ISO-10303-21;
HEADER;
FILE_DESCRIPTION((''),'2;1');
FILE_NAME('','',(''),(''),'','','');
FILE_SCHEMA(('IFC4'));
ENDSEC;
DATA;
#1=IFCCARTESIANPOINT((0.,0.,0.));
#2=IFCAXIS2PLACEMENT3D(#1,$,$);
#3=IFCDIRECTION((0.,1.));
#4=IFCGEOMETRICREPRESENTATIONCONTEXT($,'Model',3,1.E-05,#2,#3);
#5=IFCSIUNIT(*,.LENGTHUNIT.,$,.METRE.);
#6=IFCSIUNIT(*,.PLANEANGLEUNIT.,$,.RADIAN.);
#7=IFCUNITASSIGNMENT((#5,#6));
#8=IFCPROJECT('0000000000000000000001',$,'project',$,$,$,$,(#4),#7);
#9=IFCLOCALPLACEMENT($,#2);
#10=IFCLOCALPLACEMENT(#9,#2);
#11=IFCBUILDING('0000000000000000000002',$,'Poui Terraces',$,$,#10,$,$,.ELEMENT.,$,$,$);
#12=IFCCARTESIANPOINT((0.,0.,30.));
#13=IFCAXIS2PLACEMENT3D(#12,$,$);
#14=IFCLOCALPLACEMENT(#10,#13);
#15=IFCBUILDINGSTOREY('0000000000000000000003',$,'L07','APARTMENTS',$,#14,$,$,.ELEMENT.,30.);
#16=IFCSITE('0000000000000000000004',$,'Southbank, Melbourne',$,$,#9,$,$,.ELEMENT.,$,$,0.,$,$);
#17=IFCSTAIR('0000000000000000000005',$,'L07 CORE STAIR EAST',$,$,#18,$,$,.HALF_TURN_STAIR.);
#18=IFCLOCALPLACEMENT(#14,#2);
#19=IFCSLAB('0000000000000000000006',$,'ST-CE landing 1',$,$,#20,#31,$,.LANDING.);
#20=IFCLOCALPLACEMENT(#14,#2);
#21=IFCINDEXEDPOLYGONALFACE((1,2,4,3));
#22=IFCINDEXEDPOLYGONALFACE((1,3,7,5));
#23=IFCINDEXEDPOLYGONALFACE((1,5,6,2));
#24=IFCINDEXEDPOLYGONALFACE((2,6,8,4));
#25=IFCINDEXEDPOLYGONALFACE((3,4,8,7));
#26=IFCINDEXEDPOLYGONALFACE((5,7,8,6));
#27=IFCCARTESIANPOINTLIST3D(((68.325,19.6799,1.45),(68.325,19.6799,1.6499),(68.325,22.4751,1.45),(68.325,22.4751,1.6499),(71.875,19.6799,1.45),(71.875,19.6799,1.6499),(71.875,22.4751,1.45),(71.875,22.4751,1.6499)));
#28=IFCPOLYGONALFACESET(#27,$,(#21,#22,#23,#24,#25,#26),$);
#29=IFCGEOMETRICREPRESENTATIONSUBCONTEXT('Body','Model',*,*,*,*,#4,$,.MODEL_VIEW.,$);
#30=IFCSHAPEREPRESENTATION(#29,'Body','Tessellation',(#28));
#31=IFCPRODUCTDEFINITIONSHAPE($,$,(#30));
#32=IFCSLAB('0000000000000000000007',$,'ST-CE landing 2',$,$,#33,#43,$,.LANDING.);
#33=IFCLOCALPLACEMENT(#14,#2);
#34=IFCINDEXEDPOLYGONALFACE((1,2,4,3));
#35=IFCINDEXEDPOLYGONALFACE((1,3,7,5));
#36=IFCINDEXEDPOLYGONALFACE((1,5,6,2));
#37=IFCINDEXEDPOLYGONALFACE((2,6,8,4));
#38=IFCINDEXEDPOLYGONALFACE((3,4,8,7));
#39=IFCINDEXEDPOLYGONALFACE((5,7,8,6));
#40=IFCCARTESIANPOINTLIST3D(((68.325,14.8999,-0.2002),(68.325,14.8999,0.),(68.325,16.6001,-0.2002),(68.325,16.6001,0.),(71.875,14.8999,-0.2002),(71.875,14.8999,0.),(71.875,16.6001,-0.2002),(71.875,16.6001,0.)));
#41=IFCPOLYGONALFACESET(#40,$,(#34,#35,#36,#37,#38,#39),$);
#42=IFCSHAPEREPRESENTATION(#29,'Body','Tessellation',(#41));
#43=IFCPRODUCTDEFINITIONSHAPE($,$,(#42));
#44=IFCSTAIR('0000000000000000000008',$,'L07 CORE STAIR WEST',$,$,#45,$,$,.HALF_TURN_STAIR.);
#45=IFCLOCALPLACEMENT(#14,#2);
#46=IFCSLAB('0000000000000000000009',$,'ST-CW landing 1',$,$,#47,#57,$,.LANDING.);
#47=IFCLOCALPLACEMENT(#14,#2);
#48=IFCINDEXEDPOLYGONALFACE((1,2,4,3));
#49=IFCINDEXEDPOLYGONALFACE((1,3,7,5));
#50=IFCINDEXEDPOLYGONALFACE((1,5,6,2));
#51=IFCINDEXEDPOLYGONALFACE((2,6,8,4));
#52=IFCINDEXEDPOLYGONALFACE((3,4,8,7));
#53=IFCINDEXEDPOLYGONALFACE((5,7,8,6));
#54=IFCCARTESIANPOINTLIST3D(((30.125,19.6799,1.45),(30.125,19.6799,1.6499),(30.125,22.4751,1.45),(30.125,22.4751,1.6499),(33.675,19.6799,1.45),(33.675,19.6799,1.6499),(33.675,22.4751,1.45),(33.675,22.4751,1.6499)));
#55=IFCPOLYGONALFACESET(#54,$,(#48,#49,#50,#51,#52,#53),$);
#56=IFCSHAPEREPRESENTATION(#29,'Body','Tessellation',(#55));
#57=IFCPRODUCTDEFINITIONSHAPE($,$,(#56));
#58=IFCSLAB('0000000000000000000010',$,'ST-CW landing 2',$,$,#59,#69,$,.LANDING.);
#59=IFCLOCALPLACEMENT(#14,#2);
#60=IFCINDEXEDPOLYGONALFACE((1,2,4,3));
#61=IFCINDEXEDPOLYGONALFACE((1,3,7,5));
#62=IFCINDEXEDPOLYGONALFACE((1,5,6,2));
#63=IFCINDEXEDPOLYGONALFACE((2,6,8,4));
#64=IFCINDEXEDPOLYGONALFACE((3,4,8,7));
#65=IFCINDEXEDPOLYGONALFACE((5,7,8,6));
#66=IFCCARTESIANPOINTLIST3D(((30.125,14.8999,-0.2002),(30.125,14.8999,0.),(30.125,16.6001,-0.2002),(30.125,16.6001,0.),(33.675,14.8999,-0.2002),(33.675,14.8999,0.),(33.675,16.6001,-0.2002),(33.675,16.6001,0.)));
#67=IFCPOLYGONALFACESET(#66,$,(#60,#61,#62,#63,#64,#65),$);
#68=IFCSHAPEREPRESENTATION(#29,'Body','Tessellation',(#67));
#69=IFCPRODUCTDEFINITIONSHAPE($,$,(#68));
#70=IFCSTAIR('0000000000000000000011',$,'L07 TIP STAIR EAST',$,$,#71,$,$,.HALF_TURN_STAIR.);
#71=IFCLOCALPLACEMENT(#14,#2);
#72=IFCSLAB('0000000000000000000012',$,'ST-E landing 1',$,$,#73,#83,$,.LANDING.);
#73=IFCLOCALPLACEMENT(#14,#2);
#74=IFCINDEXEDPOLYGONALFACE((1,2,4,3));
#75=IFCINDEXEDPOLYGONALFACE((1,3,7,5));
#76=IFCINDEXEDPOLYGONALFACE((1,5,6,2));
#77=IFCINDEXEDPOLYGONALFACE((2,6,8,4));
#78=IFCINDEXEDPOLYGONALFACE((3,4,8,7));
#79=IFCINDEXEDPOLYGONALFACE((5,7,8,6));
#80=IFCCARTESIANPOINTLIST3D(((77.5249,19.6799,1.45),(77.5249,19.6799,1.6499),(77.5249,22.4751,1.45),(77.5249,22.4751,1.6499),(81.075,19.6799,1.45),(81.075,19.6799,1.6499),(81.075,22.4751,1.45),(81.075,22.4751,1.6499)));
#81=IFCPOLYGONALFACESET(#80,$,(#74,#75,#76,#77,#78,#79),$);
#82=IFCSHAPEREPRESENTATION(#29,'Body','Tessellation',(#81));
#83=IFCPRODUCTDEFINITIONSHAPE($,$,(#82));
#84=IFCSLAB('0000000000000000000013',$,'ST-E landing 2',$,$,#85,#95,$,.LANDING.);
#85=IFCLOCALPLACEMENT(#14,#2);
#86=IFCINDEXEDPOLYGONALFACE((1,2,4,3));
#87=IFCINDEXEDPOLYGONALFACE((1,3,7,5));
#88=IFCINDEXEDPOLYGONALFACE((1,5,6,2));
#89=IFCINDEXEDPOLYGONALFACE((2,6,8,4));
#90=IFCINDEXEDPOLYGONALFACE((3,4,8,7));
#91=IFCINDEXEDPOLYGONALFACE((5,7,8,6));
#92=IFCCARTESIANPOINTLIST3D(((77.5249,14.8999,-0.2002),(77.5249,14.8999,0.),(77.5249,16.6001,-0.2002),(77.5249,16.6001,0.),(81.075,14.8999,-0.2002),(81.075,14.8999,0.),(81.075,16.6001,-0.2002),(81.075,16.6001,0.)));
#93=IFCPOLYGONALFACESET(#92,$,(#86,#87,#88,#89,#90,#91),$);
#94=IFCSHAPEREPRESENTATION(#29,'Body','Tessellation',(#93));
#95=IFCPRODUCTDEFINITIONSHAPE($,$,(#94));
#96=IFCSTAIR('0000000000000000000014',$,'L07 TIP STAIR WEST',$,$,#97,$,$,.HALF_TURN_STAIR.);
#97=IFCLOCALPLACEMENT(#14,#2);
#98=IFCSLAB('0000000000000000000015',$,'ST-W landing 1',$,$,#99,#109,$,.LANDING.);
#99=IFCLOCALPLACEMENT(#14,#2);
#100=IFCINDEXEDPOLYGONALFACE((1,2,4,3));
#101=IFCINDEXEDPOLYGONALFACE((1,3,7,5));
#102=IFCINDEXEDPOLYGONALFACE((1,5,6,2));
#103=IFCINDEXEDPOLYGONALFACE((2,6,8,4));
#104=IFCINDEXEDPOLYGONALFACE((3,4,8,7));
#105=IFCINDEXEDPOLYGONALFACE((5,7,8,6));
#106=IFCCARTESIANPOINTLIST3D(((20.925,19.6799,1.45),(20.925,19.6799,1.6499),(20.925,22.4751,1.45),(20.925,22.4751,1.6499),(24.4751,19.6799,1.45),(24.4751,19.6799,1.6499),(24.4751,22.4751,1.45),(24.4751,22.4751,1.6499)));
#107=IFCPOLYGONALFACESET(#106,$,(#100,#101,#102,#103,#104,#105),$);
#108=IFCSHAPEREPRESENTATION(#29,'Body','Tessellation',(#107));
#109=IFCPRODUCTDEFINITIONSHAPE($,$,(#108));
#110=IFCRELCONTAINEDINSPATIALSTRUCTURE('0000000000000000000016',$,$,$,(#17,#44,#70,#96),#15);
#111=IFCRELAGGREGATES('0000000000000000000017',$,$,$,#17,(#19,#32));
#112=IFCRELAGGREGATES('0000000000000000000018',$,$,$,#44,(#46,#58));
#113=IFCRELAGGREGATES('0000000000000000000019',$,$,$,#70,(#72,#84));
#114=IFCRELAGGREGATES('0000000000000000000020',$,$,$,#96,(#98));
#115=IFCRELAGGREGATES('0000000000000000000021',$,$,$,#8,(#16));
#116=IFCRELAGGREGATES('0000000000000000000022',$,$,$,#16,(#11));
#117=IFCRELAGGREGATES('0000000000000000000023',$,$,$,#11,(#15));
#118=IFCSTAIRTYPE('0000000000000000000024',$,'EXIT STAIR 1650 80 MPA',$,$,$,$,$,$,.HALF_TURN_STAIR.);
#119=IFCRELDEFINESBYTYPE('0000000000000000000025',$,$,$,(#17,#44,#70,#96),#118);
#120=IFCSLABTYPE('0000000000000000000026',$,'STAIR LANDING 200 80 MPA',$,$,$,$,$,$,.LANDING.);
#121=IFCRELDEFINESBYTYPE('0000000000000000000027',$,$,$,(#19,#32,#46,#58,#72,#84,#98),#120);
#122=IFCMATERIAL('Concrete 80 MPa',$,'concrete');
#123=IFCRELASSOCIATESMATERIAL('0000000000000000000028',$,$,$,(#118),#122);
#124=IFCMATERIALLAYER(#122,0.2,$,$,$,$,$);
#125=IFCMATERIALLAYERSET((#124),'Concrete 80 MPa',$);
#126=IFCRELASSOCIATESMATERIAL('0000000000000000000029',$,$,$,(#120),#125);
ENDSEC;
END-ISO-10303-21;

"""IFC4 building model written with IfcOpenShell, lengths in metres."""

from ifc_helpers import new_model, si_unit, direction, frame, origin, place, context, subcontext, project, spatial, polyline, outline, extrude, material, layer, layer_set, type_object, element, aggregate, save


model = new_model("IFC4")

# Units and contexts
model_context = context("Model", 3, precision=1e-05, world=origin(), true_north=direction((0.0, 1.0)))
body_context = subcontext(model_context, "Body", "Model", "MODEL_VIEW")
ifc_project = project(units=[si_unit("LENGTHUNIT", "METRE"), si_unit("PLANEANGLEUNIT", "RADIAN")], contexts=[model_context])

# Site, building, storey
site_placement = place(None, origin())
site = spatial("IfcSite", under=ifc_project, at=site_placement, Name="Southbank, Melbourne", CompositionType="ELEMENT", RefElevation=0.0)
building_placement = place(site_placement, origin())
building = spatial("IfcBuilding", under=site, at=building_placement, Name="Poui Terraces", CompositionType="ELEMENT")
storey_placement = place(building_placement, frame((0.0, 0.0, 30.0)))
storey = spatial("IfcBuildingStorey", under=building, at=storey_placement, Name="L07", Description="APARTMENTS", CompositionType="ELEMENT", Elevation=30.0)

# Stairs, slabs
ifc_material = material(Name="Concrete 80 MPa", Category="concrete")
stair_type = type_object("IfcStairType", Name="EXIT STAIR 1650 80 MPA", PredefinedType="HALF_TURN_STAIR", material=ifc_material)
stair_1_placement = place(storey_placement, origin())
stair_1 = element("IfcStair", 1, at=stair_1_placement, inside=storey, type_object=stair_type, Name="L07 CORE STAIR EAST", PredefinedType="HALF_TURN_STAIR")
ifc_layer = layer(ifc_material, 0.2)
ifc_layer_set = layer_set([ifc_layer], Name="Concrete 80 MPa")
slab_type = type_object("IfcSlabType", Name="STAIR LANDING 200 80 MPA", PredefinedType="LANDING", material=ifc_layer_set)
slab_1_placement = place(storey_placement, frame((0.0, 0.0, 1.45)))
slab_1 = element("IfcSlab", 2, at=slab_1_placement, type_object=slab_type, Name="ST-CE landing 1", PredefinedType="LANDING", context=body_context, shape_type="SweptSolid", body=[
    extrude(outline(polyline([(68.325, 19.6799), (71.875, 19.6799), (71.875, 22.4751), (68.325, 22.4751), (68.325, 19.6799)])), origin(), (0.0, 0.0, 1.0), 0.2),
])
slab_2_placement = place(storey_placement, frame((0.0, 0.0, -0.2002)))
slab_2 = element("IfcSlab", 3, at=slab_2_placement, type_object=slab_type, Name="ST-CE landing 2", PredefinedType="LANDING", context=body_context, shape_type="SweptSolid", body=[
    extrude(outline(polyline([(68.325, 14.8999), (71.875, 14.8999), (71.875, 16.6001), (68.325, 16.6001), (68.325, 14.8999)])), origin(), (0.0, 0.0, 1.0), 0.2002),
])
aggregate(stair_1, [slab_1, slab_2])
stair_2_placement = place(storey_placement, origin())
stair_2 = element("IfcStair", 4, at=stair_2_placement, inside=storey, type_object=stair_type, Name="L07 CORE STAIR WEST", PredefinedType="HALF_TURN_STAIR")
slab_3_placement = place(storey_placement, frame((0.0, 0.0, 1.45)))
slab_3 = element("IfcSlab", 5, at=slab_3_placement, type_object=slab_type, Name="ST-CW landing 1", PredefinedType="LANDING", context=body_context, shape_type="SweptSolid", body=[
    extrude(outline(polyline([(30.125, 19.6799), (33.675, 19.6799), (33.675, 22.4751), (30.125, 22.4751), (30.125, 19.6799)])), origin(), (0.0, 0.0, 1.0), 0.2),
])
slab_4_placement = place(storey_placement, frame((0.0, 0.0, -0.2002)))
slab_4 = element("IfcSlab", 6, at=slab_4_placement, type_object=slab_type, Name="ST-CW landing 2", PredefinedType="LANDING", context=body_context, shape_type="SweptSolid", body=[
    extrude(outline(polyline([(30.125, 14.8999), (33.675, 14.8999), (33.675, 16.6001), (30.125, 16.6001), (30.125, 14.8999)])), origin(), (0.0, 0.0, 1.0), 0.2002),
])
aggregate(stair_2, [slab_3, slab_4])
stair_3_placement = place(storey_placement, origin())
stair_3 = element("IfcStair", 7, at=stair_3_placement, inside=storey, type_object=stair_type, Name="L07 TIP STAIR EAST", PredefinedType="HALF_TURN_STAIR")
slab_5_placement = place(storey_placement, frame((0.0, 0.0, 1.45)))
slab_5 = element("IfcSlab", 8, at=slab_5_placement, type_object=slab_type, Name="ST-E landing 1", PredefinedType="LANDING", context=body_context, shape_type="SweptSolid", body=[
    extrude(outline(polyline([(77.5249, 19.6799), (81.075, 19.6799), (81.075, 22.4751), (77.5249, 22.4751), (77.5249, 19.6799)])), origin(), (0.0, 0.0, 1.0), 0.2),
])
slab_6_placement = place(storey_placement, frame((0.0, 0.0, -0.2002)))
slab_6 = element("IfcSlab", 9, at=slab_6_placement, type_object=slab_type, Name="ST-E landing 2", PredefinedType="LANDING", context=body_context, shape_type="SweptSolid", body=[
    extrude(outline(polyline([(77.5249, 14.8999), (81.075, 14.8999), (81.075, 16.6001), (77.5249, 16.6001), (77.5249, 14.8999)])), origin(), (0.0, 0.0, 1.0), 0.2002),
])
aggregate(stair_3, [slab_5, slab_6])

# Stair, slab
stair_4_placement = place(storey_placement, origin())
stair_4 = element("IfcStair", 10, at=stair_4_placement, inside=storey, type_object=stair_type, Name="L07 TIP STAIR WEST", PredefinedType="HALF_TURN_STAIR")
slab_7_placement = place(storey_placement, frame((0.0, 0.0, 1.45)))
slab_7 = element("IfcSlab", 11, at=slab_7_placement, type_object=slab_type, Name="ST-W landing 1", PredefinedType="LANDING", context=body_context, shape_type="SweptSolid", body=[
    extrude(outline(polyline([(20.925, 19.6799), (24.4751, 19.6799), (24.4751, 22.4751), (20.925, 22.4751), (20.925, 19.6799)])), origin(), (0.0, 0.0, 1.0), 0.2),
])
aggregate(stair_4, [slab_7])

save(model, "model.ifc")
